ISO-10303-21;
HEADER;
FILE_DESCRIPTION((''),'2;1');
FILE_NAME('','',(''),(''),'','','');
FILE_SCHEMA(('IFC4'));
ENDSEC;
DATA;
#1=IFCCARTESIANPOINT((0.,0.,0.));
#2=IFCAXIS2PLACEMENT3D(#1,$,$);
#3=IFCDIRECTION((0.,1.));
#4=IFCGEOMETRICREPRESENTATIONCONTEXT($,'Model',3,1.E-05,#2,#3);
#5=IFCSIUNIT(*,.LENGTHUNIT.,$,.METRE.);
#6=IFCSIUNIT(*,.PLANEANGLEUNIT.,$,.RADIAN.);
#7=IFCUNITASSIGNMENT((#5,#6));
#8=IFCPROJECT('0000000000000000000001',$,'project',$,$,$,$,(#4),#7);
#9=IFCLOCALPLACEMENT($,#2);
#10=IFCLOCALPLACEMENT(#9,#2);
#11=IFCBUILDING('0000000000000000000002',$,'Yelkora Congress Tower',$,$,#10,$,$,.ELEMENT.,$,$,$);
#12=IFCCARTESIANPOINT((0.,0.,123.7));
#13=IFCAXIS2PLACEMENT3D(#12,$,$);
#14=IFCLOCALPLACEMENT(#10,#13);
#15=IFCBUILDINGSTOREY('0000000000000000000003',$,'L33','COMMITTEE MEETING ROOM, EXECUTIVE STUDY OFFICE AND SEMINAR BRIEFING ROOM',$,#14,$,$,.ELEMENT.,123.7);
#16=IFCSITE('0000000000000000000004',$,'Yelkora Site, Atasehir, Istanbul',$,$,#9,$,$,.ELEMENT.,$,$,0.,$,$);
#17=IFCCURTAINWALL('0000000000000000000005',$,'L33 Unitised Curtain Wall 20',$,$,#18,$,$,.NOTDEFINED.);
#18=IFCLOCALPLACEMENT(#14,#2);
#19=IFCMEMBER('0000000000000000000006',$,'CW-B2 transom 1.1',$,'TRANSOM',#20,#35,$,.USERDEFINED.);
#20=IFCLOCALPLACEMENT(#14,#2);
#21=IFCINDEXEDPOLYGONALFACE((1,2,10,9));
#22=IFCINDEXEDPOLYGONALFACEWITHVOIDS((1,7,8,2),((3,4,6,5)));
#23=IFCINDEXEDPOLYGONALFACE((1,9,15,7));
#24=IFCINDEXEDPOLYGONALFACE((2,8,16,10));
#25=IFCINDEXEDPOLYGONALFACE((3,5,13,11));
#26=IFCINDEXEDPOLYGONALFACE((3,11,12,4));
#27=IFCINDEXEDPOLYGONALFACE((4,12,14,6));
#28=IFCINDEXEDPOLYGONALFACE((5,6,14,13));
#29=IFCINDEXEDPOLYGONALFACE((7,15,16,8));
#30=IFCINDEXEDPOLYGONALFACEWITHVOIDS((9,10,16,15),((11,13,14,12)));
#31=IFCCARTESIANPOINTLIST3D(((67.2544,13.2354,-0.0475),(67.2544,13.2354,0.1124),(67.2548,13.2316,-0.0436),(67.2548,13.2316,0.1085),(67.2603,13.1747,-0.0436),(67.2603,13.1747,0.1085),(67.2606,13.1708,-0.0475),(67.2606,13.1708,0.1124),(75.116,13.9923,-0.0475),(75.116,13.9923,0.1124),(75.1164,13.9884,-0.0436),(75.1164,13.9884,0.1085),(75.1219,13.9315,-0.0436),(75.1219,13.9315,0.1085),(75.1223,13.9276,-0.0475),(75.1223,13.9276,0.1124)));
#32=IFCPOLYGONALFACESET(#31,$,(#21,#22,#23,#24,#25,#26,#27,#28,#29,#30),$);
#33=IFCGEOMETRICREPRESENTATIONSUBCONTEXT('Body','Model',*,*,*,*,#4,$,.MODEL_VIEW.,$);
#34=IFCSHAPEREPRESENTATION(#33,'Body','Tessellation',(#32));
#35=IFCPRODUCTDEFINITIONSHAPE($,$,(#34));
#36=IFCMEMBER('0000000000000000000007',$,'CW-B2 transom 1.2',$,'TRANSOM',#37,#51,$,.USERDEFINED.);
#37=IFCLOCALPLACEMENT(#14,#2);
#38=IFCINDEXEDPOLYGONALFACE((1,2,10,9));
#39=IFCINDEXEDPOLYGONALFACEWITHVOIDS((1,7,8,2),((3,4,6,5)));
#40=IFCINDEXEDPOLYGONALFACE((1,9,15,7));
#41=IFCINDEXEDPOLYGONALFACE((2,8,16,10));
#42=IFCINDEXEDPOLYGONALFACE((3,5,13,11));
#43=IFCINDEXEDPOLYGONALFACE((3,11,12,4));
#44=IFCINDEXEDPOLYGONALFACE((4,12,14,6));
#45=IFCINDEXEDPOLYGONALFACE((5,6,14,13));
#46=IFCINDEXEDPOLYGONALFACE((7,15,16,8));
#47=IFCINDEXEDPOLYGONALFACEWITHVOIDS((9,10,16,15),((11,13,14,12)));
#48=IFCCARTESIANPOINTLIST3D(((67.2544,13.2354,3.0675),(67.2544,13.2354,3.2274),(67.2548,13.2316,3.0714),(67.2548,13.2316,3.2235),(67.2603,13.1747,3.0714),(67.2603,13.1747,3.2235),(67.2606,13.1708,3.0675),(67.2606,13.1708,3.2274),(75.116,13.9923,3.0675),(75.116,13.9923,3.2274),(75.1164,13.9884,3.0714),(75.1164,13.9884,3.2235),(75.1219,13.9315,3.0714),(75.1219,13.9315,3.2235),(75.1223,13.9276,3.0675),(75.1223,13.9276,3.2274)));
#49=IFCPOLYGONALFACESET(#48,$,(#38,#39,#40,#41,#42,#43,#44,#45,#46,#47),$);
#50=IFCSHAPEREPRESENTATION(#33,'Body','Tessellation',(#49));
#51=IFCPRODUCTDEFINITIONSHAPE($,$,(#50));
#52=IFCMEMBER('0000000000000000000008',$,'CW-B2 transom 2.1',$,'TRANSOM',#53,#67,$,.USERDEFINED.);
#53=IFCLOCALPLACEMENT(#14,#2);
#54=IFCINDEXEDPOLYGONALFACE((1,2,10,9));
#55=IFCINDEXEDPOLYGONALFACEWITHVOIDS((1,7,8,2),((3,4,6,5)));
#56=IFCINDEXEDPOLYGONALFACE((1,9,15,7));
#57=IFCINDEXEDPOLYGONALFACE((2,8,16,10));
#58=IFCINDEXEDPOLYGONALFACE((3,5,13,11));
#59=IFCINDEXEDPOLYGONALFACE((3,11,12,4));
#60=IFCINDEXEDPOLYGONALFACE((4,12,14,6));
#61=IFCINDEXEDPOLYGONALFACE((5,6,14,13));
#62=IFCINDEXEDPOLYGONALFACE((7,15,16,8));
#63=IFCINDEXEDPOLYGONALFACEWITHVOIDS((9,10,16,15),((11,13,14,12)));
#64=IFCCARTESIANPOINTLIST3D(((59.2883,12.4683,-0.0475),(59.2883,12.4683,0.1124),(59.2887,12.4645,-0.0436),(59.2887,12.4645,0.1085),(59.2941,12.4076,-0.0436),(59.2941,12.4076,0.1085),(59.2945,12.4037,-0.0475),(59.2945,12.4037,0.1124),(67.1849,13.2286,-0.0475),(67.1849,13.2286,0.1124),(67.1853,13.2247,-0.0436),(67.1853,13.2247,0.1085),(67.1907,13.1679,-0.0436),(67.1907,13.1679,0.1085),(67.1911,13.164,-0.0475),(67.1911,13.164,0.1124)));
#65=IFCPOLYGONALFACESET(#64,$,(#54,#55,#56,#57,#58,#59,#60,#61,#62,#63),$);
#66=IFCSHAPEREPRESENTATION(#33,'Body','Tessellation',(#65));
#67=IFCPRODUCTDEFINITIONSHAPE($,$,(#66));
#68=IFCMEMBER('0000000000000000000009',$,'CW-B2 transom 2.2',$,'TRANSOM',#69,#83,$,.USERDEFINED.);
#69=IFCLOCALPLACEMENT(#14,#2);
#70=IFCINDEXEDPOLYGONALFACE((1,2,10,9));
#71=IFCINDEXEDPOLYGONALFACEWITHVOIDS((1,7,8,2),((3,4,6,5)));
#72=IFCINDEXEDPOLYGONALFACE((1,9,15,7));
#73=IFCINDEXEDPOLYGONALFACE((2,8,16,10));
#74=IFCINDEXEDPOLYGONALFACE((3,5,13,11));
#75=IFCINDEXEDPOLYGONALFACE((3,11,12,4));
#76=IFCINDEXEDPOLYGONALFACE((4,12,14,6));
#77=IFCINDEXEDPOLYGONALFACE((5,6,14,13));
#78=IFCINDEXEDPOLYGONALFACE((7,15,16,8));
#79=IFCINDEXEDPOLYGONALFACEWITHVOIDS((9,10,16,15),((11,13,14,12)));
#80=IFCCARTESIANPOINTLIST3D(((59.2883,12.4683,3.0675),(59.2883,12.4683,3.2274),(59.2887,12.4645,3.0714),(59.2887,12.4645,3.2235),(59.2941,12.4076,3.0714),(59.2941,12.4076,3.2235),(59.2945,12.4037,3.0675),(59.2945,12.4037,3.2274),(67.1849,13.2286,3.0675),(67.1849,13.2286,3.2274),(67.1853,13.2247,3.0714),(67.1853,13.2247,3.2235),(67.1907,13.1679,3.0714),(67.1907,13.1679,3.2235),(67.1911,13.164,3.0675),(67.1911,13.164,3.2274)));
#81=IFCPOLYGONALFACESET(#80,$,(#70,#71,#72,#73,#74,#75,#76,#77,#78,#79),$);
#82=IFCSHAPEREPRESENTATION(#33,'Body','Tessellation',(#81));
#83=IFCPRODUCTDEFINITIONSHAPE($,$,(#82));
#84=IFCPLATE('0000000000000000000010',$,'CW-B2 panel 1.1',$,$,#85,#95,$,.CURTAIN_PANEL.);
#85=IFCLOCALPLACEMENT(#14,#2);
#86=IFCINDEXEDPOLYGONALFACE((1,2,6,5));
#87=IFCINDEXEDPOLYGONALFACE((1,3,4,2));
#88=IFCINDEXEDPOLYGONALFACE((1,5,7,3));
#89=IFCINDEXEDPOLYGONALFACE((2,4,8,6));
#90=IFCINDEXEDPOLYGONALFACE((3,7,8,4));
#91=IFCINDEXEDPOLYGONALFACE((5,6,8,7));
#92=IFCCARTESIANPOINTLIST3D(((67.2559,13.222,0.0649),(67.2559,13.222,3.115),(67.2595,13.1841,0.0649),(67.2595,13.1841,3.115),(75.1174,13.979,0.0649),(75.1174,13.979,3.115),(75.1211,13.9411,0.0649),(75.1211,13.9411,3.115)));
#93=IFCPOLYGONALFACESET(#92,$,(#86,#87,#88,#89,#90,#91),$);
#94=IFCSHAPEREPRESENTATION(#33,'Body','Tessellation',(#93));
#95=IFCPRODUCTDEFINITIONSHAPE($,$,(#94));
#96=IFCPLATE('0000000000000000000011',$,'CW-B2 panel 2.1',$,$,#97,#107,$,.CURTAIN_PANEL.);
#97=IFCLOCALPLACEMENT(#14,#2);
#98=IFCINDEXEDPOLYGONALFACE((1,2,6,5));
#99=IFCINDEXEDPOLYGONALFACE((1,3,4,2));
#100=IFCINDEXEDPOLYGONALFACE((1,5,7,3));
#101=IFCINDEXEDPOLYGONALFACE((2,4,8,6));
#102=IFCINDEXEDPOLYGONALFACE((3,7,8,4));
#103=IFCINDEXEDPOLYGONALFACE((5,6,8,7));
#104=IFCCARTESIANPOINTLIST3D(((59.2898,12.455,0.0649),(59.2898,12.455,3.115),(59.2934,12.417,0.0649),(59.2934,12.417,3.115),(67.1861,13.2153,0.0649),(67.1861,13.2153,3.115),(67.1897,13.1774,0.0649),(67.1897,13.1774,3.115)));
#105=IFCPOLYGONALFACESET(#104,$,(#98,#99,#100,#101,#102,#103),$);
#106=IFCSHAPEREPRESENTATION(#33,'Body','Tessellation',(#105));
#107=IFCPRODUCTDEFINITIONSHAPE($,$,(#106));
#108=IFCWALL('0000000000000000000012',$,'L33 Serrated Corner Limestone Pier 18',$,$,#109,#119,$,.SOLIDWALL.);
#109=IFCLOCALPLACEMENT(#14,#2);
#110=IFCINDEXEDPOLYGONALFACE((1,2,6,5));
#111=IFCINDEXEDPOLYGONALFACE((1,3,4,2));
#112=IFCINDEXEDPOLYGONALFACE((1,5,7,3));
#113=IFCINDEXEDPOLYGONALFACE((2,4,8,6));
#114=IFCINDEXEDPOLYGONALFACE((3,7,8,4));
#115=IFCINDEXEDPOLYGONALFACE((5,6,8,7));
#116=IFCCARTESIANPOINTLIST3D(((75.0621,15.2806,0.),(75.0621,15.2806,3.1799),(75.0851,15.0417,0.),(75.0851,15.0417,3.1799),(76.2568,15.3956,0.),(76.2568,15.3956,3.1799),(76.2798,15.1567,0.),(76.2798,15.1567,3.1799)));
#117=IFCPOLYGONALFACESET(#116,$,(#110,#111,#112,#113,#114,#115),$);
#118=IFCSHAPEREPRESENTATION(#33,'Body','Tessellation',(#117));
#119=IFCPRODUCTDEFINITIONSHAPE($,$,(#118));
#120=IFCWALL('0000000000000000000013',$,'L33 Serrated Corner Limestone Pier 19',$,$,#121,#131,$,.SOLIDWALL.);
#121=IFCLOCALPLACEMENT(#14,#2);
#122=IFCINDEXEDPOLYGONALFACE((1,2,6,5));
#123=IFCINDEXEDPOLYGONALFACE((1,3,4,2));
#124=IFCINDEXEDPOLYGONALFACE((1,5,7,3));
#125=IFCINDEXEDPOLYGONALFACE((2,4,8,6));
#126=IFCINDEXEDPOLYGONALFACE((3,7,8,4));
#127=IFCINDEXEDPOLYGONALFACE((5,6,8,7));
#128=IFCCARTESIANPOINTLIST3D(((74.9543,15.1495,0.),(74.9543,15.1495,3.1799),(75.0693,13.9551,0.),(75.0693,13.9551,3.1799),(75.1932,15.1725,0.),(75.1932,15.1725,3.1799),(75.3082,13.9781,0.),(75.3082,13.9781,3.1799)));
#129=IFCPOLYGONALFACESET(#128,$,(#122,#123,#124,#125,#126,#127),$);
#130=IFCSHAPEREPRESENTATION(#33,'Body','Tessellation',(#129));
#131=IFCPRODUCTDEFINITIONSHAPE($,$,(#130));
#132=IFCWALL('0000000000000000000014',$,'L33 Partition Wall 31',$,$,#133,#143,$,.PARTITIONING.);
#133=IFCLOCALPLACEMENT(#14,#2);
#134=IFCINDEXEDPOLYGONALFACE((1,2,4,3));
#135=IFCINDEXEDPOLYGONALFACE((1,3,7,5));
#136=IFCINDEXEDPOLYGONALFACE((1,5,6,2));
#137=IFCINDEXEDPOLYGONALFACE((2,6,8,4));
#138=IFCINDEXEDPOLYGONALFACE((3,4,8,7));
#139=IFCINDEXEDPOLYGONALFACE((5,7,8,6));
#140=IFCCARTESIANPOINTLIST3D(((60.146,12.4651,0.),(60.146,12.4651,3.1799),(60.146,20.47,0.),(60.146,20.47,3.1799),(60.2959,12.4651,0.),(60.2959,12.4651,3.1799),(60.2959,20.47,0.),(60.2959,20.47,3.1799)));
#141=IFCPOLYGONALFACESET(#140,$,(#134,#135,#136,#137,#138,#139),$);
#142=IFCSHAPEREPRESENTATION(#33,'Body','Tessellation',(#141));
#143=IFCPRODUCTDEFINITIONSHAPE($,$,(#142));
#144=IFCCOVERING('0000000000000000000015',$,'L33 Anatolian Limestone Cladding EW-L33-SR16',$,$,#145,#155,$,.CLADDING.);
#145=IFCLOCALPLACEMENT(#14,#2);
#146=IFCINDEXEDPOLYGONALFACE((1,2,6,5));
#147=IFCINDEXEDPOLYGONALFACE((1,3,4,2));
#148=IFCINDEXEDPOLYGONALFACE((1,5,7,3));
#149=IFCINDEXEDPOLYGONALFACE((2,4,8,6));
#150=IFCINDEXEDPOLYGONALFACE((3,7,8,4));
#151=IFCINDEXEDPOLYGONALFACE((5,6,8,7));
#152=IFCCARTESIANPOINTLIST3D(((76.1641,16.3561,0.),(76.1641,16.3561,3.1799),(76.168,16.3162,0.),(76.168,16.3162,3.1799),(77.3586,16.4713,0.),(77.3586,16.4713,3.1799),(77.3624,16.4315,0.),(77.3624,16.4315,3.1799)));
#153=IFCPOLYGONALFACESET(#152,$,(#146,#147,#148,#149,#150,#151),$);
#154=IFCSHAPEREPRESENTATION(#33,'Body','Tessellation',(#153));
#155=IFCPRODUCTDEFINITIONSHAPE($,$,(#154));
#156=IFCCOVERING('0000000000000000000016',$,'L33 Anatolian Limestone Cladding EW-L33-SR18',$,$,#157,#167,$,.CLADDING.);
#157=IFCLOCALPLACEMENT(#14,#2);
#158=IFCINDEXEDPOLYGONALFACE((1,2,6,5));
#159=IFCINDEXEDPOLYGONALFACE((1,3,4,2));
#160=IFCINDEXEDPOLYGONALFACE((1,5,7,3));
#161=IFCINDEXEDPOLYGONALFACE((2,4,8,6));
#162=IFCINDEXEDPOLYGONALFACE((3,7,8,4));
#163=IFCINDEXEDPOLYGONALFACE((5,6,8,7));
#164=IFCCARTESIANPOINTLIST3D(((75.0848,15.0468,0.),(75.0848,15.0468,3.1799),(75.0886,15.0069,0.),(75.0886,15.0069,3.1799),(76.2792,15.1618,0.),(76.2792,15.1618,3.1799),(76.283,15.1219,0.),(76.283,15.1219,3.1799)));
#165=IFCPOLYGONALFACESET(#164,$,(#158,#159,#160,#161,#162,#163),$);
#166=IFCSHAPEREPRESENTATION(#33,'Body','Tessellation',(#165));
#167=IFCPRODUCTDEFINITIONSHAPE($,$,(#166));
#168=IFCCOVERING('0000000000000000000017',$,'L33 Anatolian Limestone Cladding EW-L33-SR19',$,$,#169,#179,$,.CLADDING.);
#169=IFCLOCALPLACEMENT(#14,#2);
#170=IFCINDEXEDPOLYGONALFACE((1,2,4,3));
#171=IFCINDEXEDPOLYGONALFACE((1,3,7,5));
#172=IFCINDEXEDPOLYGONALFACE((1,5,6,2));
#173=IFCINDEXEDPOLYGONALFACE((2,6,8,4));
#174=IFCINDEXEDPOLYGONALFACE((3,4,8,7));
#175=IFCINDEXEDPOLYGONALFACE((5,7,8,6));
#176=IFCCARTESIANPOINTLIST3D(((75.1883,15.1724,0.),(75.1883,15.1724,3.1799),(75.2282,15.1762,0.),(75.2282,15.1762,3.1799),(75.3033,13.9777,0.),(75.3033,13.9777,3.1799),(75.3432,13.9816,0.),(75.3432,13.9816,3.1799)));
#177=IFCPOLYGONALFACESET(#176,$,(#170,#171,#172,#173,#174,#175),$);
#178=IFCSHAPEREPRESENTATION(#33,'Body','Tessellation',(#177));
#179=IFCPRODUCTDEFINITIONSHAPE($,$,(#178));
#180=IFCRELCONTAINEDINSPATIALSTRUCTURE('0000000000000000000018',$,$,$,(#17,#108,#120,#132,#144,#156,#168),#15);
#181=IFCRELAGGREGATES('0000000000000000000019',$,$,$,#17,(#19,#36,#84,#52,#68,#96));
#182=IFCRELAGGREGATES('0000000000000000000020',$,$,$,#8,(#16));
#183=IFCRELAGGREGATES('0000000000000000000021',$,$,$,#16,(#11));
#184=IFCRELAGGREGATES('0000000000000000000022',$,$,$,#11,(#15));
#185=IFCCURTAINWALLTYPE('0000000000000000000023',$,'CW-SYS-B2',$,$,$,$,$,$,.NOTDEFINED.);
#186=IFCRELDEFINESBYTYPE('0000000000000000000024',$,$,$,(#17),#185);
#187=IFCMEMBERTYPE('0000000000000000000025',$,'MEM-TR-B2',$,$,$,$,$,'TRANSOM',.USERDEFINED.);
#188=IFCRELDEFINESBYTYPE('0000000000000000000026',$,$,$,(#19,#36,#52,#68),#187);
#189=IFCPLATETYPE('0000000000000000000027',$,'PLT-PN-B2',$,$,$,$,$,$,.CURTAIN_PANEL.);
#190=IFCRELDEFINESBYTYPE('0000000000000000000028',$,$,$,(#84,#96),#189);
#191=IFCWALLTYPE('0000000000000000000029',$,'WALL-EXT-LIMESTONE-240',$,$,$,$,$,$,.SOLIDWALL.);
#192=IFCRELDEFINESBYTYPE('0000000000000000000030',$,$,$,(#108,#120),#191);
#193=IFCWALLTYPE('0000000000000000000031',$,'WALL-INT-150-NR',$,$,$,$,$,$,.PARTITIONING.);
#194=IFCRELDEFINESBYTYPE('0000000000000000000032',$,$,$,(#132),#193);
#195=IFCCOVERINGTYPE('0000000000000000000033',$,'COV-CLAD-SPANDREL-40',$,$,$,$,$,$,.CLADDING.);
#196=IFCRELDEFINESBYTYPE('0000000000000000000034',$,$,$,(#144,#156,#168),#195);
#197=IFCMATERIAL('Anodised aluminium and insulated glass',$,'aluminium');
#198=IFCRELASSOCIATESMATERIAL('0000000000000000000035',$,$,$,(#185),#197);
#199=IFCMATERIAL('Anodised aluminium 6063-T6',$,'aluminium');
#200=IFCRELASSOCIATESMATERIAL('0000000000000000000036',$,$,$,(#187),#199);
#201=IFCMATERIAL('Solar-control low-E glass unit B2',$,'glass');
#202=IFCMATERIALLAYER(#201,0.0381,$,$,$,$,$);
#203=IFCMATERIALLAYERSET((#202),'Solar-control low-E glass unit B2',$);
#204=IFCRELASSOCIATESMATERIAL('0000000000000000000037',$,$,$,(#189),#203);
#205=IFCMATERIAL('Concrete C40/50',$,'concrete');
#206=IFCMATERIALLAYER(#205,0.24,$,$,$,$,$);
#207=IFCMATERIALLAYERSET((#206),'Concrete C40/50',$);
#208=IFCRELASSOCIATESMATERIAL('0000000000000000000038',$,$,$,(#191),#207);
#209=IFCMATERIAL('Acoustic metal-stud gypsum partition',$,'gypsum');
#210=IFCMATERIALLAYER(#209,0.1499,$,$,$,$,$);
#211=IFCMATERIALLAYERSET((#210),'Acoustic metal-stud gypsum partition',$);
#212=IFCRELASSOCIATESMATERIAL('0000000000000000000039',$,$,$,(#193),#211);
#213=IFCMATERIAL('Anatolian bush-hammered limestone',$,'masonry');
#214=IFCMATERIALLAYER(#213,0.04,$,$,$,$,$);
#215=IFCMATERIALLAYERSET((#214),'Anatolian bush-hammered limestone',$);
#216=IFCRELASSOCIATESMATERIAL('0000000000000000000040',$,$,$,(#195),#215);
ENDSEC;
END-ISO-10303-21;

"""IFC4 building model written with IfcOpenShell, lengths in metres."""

from ifc_helpers import new_model, si_unit, direction, frame, frame_2d, origin, origin_2d, place, context, subcontext, project, spatial, rectangle, hollow_rectangle, extrude, material, layer, layer_set, material_profile, profile_set, type_object, element, aggregate, save


model = new_model("IFC4")

# Units and contexts
model_context = context("Model", 3, precision=1e-05, world=origin(), true_north=direction((0.0, 1.0)))
body_context = subcontext(model_context, "Body", "Model", "MODEL_VIEW")
ifc_project = project(units=[si_unit("LENGTHUNIT", "METRE"), si_unit("PLANEANGLEUNIT", "RADIAN")], contexts=[model_context])

# Site, building, storey
site_placement = place(None, origin())
site = spatial("IfcSite", under=ifc_project, at=site_placement, Name="Yelkora Site, Atasehir, Istanbul", CompositionType="ELEMENT", RefElevation=0.0)
building_placement = place(site_placement, origin())
building = spatial("IfcBuilding", under=site, at=building_placement, Name="Yelkora Congress Tower", CompositionType="ELEMENT")
storey_placement = place(building_placement, frame((0.0, 0.0, 123.7)))
storey = spatial("IfcBuildingStorey", under=building, at=storey_placement, Name="L33", Description="COMMITTEE MEETING ROOM, EXECUTIVE STUDY OFFICE AND SEMINAR BRIEFING ROOM", CompositionType="ELEMENT", Elevation=123.7)

# Curtain wall, members, plates
ifc_material_1 = material(Name="Anodised aluminium and insulated glass", Category="aluminium")
curtain_wall_type = type_object("IfcCurtainWallType", Name="CW-SYS-B2", PredefinedType="NOTDEFINED", material=ifc_material_1)
curtain_wall_placement = place(storey_placement, origin())
curtain_wall = element("IfcCurtainWall", 1, at=curtain_wall_placement, inside=storey, type_object=curtain_wall_type, Name="L33 Unitised Curtain Wall 20", PredefinedType="NOTDEFINED")
ifc_material_2 = material(Name="Anodised aluminium 6063-T6", Category="aluminium")
ifc_material_profile_1 = material_profile(ifc_material_2, hollow_rectangle(XDim=0.0649, YDim=0.1599, WallThickness=0.0039, at=origin_2d()), Name="ALU 65x160x4")
ifc_profile_set_1 = profile_set([ifc_material_profile_1], Name="Anodised aluminium 6063-T6")
member_type_1 = type_object("IfcMemberType", Name="MEM-TR-B2", ElementType="TRANSOM", PredefinedType="USERDEFINED", material=ifc_profile_set_1)
member_1_placement = place(storey_placement, frame((75.1191, 13.96, 0.0325), z_axis=(-0.995398, -0.095827, 0.0), x_axis=(0.095827, -0.995398, 0.0)))
member_1 = element("IfcMember", 2, at=member_1_placement, type_object=member_type_1, Name="CW-B2 transom 1.1", ObjectType="TRANSOM", PredefinedType="USERDEFINED", context=body_context, shape_type="SweptSolid", body=[
    extrude(hollow_rectangle(XDim=0.0649, YDim=0.1599, WallThickness=0.0039, at=origin_2d()), origin(), (0.0, 0.0, 1.0), 7.8979),
])
member_2_placement = place(storey_placement, frame((75.1191, 13.96, 3.1475), z_axis=(-0.995398, -0.095827, 0.0), x_axis=(0.095827, -0.995398, 0.0)))
member_2 = element("IfcMember", 3, at=member_2_placement, type_object=member_type_1, Name="CW-B2 transom 1.2", ObjectType="TRANSOM", PredefinedType="USERDEFINED", context=body_context, shape_type="SweptSolid", body=[
    extrude(hollow_rectangle(XDim=0.0649, YDim=0.1599, WallThickness=0.0039, at=origin_2d()), origin(), (0.0, 0.0, 1.0), 7.8979),
])
member_3_placement = place(storey_placement, frame((67.188, 13.1963, 0.0325), z_axis=(-0.995397, -0.095834, 0.0), x_axis=(0.095834, -0.995397, 0.0)))
member_3 = element("IfcMember", 4, at=member_3_placement, type_object=member_type_1, Name="CW-B2 transom 2.1", ObjectType="TRANSOM", PredefinedType="USERDEFINED", context=body_context, shape_type="SweptSolid", body=[
    extrude(hollow_rectangle(XDim=0.0649, YDim=0.1599, WallThickness=0.0039, at=origin_2d()), origin(), (0.0, 0.0, 1.0), 7.9331),
])
member_4_placement = place(storey_placement, frame((67.188, 13.1963, 3.1475), z_axis=(-0.995397, -0.095834, 0.0), x_axis=(0.095834, -0.995397, 0.0)))
member_4 = element("IfcMember", 5, at=member_4_placement, type_object=member_type_1, Name="CW-B2 transom 2.2", ObjectType="TRANSOM", PredefinedType="USERDEFINED", context=body_context, shape_type="SweptSolid", body=[
    extrude(hollow_rectangle(XDim=0.0649, YDim=0.1599, WallThickness=0.0039, at=origin_2d()), origin(), (0.0, 0.0, 1.0), 7.9331),
])
ifc_material_3 = material(Name="Solar-control low-E glass unit B2", Category="glass")
ifc_layer_1 = layer(ifc_material_3, 0.0381)
ifc_layer_set_1 = layer_set([ifc_layer_1], Name="Solar-control low-E glass unit B2")
plate_type = type_object("IfcPlateType", Name="PLT-PN-B2", PredefinedType="CURTAIN_PANEL", material=ifc_layer_set_1)
plate_1_placement = place(storey_placement, frame((71.1885, 13.5815, 0.0649), z_axis=(0.0, 0.0, 1.0), x_axis=(-0.995396, -0.095844, 0.0)))
plate_1 = element("IfcPlate", 6, at=plate_1_placement, type_object=plate_type, Name="CW-B2 panel 1.1", PredefinedType="CURTAIN_PANEL", context=body_context, shape_type="SweptSolid", body=[
    extrude(rectangle(XDim=7.8979, YDim=0.0381, at=origin_2d()), origin(), (0.0, 0.0, 1.0), 3.05),
])
plate_2_placement = place(storey_placement, frame((63.2397, 12.8162, 0.0649), z_axis=(0.0, 0.0, 1.0), x_axis=(-0.995396, -0.095844, 0.0)))
plate_2 = element("IfcPlate", 7, at=plate_2_placement, type_object=plate_type, Name="CW-B2 panel 2.1", PredefinedType="CURTAIN_PANEL", context=body_context, shape_type="SweptSolid", body=[
    extrude(rectangle(XDim=7.9329, YDim=0.0381, at=origin_2d()), origin(), (0.0, 0.0, 1.0), 3.05),
])
aggregate(curtain_wall, [member_1, member_2, plate_1, member_3, member_4, plate_2])

# Walls
ifc_material_4 = material(Name="Concrete C40/50", Category="concrete")
ifc_layer_2 = layer(ifc_material_4, 0.24)
ifc_layer_set_2 = layer_set([ifc_layer_2], Name="Concrete C40/50")
wall_type_1 = type_object("IfcWallType", Name="WALL-EXT-LIMESTONE-240", PredefinedType="SOLIDWALL", material=ifc_layer_set_2)
wall_1_placement = place(storey_placement, frame((76.2683, 15.2761, 0.0), z_axis=(0.0, 0.0, 1.0), x_axis=(-0.995399, -0.095817, 0.0)))
element("IfcWall", 8, at=wall_1_placement, inside=storey, type_object=wall_type_1, Name="L33 Serrated Corner Limestone Pier 18", PredefinedType="SOLIDWALL", context=body_context, shape_type="SweptSolid", body=[
    extrude(rectangle(XDim=1.2002, YDim=0.24, at=frame_2d((0.6001, 0.0))), origin(), (0.0, 0.0, 1.0), 3.1799),
])
wall_2_placement = place(storey_placement, frame((75.0737, 15.1611, 0.0), z_axis=(0.0, 0.0, 1.0), x_axis=(0.095836, -0.995397, 0.0)))
element("IfcWall", 9, at=wall_2_placement, inside=storey, type_object=wall_type_1, Name="L33 Serrated Corner Limestone Pier 19", PredefinedType="SOLIDWALL", context=body_context, shape_type="SweptSolid", body=[
    extrude(rectangle(XDim=1.2, YDim=0.24, at=frame_2d((0.6001, 0.0))), origin(), (0.0, 0.0, 1.0), 3.1799),
])
ifc_material_5 = material(Name="Acoustic metal-stud gypsum partition", Category="gypsum")
ifc_layer_3 = layer(ifc_material_5, 0.1499)
ifc_layer_set_3 = layer_set([ifc_layer_3], Name="Acoustic metal-stud gypsum partition")
wall_type_2 = type_object("IfcWallType", Name="WALL-INT-150-NR", PredefinedType="PARTITIONING", material=ifc_layer_set_3)
wall_3_placement = place(storey_placement, frame((60.2209, 12.4651, 0.0), z_axis=(0.0, 0.0, 1.0), x_axis=(0.0, 1.0, 0.0)))
element("IfcWall", 10, at=wall_3_placement, inside=storey, type_object=wall_type_2, Name="L33 Partition Wall 31", PredefinedType="PARTITIONING", context=body_context, shape_type="SweptSolid", body=[
    extrude(rectangle(XDim=8.0049, YDim=0.1499, at=frame_2d((4.0024, 0.0))), origin(), (0.0, 0.0, 1.0), 3.1799),
])

# Coverings
ifc_material_6 = material(Name="Anatolian bush-hammered limestone", Category="masonry")
ifc_layer_4 = layer(ifc_material_6, 0.04)
ifc_layer_set_4 = layer_set([ifc_layer_4], Name="Anatolian bush-hammered limestone")
covering_type = type_object("IfcCoveringType", Name="COV-CLAD-SPANDREL-40", PredefinedType="CLADDING", material=ifc_layer_set_4)
for number, where, z_axis, x_axis, name in (
    (11, (77.3606, 16.4514, 0.0), (0.0, 0.0, 1.0), (-0.995378, -0.096038, 0.0), "L33 Anatolian Limestone Cladding EW-L33-SR16"),
    (12, (76.2812, 15.1418, 0.0), (0.0, 0.0, 1.0), (-0.995397, -0.095836, 0.0), "L33 Anatolian Limestone Cladding EW-L33-SR18"),
):
    element("IfcCovering", number, at=place(storey_placement, frame(where, z_axis=z_axis, x_axis=x_axis)), inside=storey, type_object=covering_type, Name=name, PredefinedType="CLADDING", context=body_context, shape_type="SweptSolid", body=[
        extrude(rectangle(XDim=1.2, YDim=0.04, at=frame_2d((0.6001, 0.0))), origin(), (0.0, 0.0, 1.0), 3.1799),
    ])
covering_placement = place(storey_placement, frame((75.2083, 15.1743, 0.0), z_axis=(0.0, 0.0, 1.0), x_axis=(0.095817, -0.995399, 0.0)))
element("IfcCovering", 13, at=covering_placement, inside=storey, type_object=covering_type, Name="L33 Anatolian Limestone Cladding EW-L33-SR19", PredefinedType="CLADDING", context=body_context, shape_type="SweptSolid", body=[
    extrude(rectangle(XDim=1.2002, YDim=0.04, at=frame_2d((0.6001, 0.0))), origin(), (0.0, 0.0, 1.0), 3.1799),
])

save(model, "model.ifc")
